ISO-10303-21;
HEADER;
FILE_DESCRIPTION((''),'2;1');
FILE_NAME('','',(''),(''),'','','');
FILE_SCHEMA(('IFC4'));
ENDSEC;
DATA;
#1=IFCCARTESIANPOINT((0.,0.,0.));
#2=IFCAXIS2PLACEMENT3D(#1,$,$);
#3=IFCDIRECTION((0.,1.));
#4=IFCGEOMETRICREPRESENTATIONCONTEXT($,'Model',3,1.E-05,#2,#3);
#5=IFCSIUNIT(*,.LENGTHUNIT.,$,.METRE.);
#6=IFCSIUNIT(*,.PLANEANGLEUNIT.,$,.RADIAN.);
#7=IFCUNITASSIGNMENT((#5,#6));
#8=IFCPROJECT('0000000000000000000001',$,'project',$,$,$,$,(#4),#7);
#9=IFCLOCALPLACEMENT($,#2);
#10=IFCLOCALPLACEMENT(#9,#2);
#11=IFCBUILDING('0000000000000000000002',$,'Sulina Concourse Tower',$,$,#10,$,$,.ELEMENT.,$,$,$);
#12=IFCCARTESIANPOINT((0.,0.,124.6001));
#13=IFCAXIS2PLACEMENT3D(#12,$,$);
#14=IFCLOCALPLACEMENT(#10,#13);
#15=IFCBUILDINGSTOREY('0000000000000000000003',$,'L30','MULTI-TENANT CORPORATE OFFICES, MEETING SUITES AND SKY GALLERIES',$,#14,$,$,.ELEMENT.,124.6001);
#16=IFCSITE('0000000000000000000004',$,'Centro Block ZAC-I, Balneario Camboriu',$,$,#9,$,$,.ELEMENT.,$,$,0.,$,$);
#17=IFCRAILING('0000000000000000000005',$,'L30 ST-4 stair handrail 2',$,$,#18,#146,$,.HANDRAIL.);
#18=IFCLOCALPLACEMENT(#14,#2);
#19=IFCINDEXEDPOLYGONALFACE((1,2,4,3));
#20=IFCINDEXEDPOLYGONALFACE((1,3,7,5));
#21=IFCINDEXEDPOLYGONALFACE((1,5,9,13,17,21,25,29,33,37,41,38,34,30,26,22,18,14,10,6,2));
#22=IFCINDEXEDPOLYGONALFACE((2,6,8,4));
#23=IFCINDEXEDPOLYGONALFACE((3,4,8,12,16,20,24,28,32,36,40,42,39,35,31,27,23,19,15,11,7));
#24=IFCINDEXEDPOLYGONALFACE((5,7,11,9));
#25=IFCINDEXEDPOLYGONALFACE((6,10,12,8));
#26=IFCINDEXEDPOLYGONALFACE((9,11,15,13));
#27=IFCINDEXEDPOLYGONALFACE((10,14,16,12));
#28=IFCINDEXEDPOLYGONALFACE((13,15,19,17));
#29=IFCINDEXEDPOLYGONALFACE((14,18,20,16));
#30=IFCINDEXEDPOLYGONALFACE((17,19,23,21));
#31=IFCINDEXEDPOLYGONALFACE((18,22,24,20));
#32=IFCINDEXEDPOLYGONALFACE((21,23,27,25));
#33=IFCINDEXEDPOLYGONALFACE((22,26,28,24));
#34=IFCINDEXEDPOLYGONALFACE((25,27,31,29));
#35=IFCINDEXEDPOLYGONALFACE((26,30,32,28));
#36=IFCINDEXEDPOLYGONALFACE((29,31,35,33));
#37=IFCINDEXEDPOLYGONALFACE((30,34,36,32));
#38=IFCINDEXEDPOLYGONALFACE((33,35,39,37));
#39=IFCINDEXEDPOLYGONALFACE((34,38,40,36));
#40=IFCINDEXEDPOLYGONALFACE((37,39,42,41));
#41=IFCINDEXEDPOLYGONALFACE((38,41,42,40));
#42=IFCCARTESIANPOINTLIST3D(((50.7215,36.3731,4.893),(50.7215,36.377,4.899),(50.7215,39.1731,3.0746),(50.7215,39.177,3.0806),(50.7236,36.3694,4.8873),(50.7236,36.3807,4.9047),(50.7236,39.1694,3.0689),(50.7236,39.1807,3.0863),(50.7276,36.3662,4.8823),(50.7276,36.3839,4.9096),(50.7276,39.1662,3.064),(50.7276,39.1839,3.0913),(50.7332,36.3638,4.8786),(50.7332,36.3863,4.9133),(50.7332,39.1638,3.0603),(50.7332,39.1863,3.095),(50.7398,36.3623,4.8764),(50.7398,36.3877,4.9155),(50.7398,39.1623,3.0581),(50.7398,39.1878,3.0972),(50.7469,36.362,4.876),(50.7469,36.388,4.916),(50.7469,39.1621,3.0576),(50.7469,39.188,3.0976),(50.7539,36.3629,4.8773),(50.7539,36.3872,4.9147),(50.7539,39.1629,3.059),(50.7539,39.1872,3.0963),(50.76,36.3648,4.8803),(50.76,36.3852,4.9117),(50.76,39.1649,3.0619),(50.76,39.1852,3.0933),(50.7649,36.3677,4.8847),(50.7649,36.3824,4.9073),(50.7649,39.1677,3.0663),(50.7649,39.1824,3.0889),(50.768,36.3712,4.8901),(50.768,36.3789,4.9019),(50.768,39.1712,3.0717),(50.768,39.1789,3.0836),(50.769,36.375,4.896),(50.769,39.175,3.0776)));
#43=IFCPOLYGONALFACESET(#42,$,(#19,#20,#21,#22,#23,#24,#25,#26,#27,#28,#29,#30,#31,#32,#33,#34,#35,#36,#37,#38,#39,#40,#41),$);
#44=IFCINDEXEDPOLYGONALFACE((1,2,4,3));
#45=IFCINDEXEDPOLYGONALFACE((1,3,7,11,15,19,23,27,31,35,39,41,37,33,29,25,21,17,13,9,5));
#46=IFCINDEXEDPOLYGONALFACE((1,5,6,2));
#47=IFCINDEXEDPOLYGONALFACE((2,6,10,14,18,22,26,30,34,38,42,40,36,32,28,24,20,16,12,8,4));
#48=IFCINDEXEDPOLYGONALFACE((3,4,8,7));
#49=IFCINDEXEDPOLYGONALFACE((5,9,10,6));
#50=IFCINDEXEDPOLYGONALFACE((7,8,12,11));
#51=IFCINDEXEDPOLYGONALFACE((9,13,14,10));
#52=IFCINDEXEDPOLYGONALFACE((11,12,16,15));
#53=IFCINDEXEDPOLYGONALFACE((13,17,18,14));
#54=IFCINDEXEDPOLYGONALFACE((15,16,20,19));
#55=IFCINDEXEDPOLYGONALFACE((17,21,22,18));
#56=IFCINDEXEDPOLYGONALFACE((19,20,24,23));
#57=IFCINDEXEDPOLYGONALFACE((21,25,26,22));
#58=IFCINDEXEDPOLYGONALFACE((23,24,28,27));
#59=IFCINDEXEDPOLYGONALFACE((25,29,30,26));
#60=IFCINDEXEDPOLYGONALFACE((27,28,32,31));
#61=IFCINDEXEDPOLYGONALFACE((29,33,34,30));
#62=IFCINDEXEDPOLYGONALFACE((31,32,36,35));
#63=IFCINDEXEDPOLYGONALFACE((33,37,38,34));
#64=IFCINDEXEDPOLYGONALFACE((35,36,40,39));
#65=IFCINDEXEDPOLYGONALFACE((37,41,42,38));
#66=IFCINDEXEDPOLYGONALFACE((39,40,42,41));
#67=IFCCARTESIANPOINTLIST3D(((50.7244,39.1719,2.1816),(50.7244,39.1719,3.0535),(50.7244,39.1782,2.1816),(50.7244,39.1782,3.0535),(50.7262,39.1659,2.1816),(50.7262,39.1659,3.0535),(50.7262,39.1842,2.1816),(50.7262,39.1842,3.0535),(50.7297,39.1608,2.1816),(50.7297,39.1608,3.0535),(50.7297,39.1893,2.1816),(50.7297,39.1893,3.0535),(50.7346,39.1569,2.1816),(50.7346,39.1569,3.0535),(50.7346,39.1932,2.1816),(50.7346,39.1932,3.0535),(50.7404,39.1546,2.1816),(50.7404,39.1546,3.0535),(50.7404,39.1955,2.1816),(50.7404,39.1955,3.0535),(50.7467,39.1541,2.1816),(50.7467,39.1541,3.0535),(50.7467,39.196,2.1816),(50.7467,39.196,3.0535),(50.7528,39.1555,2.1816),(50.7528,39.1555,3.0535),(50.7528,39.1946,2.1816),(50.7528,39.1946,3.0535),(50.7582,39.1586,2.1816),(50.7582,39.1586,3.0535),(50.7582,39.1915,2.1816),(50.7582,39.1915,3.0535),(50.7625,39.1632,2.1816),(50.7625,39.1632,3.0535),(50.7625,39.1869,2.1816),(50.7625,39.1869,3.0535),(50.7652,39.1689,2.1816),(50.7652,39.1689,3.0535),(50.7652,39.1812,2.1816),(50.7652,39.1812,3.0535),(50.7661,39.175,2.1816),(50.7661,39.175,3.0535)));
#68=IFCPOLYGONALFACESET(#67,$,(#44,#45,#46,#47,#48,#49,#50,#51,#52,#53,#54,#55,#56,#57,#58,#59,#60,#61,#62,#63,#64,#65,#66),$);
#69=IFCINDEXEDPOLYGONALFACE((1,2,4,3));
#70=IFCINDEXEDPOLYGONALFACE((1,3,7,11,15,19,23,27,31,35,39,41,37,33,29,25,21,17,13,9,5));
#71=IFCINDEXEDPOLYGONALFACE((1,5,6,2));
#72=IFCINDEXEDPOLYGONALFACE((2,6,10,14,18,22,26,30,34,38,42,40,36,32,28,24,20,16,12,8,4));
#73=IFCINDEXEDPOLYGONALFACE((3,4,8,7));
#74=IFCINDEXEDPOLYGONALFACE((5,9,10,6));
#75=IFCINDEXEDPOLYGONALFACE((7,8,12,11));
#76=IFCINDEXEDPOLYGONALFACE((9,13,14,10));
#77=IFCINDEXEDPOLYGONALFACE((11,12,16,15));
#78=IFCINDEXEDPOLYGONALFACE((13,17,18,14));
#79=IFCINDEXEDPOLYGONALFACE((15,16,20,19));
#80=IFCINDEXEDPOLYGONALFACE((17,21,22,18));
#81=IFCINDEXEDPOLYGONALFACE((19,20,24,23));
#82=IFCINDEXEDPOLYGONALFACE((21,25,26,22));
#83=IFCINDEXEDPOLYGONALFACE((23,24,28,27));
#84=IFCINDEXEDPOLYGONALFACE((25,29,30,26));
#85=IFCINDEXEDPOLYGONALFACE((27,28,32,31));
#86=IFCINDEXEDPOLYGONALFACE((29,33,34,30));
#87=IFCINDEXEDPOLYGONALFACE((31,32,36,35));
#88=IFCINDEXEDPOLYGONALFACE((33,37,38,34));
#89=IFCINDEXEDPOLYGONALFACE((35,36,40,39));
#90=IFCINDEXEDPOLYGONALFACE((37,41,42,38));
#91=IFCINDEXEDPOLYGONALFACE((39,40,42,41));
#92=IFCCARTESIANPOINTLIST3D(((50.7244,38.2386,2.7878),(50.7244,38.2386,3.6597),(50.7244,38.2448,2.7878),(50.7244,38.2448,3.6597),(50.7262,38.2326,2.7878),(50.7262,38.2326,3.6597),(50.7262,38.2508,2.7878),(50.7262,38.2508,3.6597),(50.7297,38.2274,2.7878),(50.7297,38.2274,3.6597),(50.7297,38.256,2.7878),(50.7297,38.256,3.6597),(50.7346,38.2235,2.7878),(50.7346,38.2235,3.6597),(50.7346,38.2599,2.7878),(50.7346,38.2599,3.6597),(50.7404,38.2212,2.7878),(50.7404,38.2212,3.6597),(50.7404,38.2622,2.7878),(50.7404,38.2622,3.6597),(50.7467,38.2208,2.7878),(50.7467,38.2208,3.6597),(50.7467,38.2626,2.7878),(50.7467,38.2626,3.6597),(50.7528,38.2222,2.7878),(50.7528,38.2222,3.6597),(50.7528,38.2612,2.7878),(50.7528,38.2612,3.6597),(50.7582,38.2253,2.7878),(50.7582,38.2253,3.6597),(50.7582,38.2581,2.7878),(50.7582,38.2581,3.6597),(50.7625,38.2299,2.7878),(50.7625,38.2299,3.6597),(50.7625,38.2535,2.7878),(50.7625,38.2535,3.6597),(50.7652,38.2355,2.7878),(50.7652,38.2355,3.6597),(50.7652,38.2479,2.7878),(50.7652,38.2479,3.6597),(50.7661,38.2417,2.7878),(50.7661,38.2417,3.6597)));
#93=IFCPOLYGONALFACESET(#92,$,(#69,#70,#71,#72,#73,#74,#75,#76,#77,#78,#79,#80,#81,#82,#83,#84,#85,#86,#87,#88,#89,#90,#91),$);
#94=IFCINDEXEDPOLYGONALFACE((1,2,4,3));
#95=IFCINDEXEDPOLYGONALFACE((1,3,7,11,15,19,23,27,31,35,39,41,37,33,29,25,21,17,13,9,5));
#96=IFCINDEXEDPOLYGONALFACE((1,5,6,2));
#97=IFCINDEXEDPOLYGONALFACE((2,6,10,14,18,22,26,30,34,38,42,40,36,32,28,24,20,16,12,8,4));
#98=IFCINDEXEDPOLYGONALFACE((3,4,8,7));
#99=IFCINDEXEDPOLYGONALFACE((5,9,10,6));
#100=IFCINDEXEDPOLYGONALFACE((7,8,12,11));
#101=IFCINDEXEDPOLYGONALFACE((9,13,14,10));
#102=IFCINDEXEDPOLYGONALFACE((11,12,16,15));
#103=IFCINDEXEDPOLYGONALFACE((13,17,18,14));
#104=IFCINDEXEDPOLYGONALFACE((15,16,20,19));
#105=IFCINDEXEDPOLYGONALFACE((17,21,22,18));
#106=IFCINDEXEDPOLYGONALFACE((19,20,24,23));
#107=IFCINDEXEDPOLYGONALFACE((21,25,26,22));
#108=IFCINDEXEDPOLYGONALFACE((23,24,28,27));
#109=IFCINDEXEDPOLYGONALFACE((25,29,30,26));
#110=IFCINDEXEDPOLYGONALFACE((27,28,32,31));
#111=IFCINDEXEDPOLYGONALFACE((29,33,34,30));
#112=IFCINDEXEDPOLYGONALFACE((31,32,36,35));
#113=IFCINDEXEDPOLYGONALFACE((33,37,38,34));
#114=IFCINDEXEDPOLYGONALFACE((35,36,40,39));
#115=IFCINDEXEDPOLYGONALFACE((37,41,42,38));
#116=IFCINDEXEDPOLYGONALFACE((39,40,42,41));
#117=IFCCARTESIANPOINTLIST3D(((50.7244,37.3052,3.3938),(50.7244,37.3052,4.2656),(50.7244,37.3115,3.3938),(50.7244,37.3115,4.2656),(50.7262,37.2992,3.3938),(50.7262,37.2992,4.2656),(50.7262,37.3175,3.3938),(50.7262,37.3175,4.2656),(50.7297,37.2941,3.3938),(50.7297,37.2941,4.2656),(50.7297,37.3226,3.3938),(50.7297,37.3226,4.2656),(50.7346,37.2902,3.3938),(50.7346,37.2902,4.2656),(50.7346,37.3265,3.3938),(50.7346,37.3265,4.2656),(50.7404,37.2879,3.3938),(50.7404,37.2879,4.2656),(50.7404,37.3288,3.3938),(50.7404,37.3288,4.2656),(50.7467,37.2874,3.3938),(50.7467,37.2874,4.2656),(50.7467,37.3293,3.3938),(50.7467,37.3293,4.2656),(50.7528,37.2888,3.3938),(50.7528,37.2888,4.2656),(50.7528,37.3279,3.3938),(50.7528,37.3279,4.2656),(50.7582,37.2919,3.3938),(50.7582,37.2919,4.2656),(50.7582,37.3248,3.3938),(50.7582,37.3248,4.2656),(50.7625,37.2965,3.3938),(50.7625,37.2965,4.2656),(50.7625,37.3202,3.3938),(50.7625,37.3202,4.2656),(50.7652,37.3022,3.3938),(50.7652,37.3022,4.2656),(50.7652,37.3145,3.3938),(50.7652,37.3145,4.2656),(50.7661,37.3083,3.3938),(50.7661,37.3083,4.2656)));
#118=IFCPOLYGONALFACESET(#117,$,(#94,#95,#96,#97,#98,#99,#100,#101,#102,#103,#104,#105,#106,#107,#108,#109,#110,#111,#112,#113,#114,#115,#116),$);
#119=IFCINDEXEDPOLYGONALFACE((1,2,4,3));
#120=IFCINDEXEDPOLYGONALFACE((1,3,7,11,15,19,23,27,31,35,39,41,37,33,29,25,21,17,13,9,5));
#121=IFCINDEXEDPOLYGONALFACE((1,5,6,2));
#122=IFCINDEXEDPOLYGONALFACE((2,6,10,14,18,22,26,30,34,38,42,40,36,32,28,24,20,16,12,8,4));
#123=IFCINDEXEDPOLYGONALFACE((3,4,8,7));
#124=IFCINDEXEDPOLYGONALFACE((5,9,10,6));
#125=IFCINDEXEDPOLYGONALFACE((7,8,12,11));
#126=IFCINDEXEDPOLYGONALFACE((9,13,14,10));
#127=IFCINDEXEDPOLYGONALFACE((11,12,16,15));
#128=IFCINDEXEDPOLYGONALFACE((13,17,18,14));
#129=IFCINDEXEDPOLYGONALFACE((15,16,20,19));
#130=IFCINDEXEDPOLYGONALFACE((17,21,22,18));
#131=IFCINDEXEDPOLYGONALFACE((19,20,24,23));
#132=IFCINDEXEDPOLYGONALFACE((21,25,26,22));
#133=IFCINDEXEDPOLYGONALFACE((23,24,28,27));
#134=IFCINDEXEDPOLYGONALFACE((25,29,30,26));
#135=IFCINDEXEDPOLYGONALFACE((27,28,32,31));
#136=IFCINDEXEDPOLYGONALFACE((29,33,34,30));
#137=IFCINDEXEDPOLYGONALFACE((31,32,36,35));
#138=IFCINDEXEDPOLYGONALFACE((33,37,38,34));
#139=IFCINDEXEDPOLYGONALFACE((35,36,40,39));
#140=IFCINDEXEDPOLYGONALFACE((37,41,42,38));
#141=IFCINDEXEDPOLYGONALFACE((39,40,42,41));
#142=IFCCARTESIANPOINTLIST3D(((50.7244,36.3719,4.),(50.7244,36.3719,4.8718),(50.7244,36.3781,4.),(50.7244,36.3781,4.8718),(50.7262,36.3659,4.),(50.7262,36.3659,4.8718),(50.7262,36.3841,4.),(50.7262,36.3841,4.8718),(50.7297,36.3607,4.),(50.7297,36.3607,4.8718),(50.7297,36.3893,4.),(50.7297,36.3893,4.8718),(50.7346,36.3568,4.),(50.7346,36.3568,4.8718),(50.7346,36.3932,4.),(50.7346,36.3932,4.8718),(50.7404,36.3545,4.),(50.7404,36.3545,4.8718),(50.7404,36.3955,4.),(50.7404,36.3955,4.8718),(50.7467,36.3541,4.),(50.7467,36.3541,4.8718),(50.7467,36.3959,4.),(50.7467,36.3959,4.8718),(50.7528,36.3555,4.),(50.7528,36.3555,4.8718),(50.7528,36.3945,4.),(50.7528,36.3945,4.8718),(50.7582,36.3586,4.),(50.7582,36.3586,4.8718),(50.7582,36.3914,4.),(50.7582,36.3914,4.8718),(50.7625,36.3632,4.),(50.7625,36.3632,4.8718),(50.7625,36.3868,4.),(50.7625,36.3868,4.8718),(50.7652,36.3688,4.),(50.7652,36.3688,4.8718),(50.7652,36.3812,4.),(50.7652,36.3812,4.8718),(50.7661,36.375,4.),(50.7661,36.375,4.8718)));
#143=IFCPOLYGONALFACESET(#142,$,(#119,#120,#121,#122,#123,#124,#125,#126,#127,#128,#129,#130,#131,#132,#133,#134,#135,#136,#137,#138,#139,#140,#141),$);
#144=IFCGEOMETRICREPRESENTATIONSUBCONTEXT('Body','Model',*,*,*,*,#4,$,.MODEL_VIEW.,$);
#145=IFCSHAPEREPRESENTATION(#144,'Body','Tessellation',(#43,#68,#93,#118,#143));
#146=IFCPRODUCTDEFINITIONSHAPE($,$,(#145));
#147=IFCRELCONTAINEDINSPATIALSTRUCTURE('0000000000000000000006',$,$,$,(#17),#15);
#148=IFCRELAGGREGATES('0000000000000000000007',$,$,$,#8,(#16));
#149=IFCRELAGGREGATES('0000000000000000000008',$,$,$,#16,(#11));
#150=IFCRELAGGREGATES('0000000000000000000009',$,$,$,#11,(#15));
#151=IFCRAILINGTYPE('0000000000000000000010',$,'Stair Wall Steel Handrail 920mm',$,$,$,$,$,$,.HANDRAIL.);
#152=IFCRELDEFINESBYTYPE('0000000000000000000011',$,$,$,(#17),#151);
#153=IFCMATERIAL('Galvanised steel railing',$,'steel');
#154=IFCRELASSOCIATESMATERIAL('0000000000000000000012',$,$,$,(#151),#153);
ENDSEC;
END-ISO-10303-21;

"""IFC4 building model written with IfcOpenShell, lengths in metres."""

from ifc_helpers import new_model, si_unit, direction, frame, origin, origin_2d, place, context, subcontext, project, spatial, circle, extrude, material, type_object, element, save


model = new_model("IFC4")

# Units and contexts
model_context = context("Model", 3, precision=1e-05, world=origin(), true_north=direction((0.0, 1.0)))
body_context = subcontext(model_context, "Body", "Model", "MODEL_VIEW")
ifc_project = project(units=[si_unit("LENGTHUNIT", "METRE"), si_unit("PLANEANGLEUNIT", "RADIAN")], contexts=[model_context])

# Site, building, storey
site_placement = place(None, origin())
site = spatial("IfcSite", under=ifc_project, at=site_placement, Name="Centro Block ZAC-I, Balneario Camboriu", CompositionType="ELEMENT", RefElevation=0.0)
building_placement = place(site_placement, origin())
building = spatial("IfcBuilding", under=site, at=building_placement, Name="Sulina Concourse Tower", CompositionType="ELEMENT")
storey_placement = place(building_placement, frame((0.0, 0.0, 124.6001)))
storey = spatial("IfcBuildingStorey", under=building, at=storey_placement, Name="L30", Description="MULTI-TENANT CORPORATE OFFICES, MEETING SUITES AND SKY GALLERIES", CompositionType="ELEMENT", Elevation=124.6001)

# Railing
ifc_material_1 = material(Name="Galvanised steel railing", Category="steel")
railing_type_1 = type_object("IfcRailingType", Name="Stair Wall Steel Handrail 920mm", PredefinedType="HANDRAIL", material=ifc_material_1)
railing_1_placement = place(storey_placement, frame((50.7451, 39.175, 2.1816)))
element("IfcRailing", 1, at=railing_1_placement, inside=storey, type_object=railing_type_1, Name="L30 ST-4 stair handrail 2", PredefinedType="HANDRAIL", context=body_context, shape_type="SweptSolid", body=[
    extrude(circle(Radius=0.0239, at=origin_2d()), frame((0.0, 0.0, 0.896), z_axis=(0.0, -0.838672, 0.544636), x_axis=(1.0, 0.0, 0.0)), (0.0, 0.0, 1.0), 3.3386),
    extrude(circle(Radius=0.021, at=origin_2d()), origin(), (0.0, 0.0, 1.0), 0.8718),
    extrude(circle(Radius=0.021, at=origin_2d()), frame((0.0, -0.9333, 0.6062)), (0.0, 0.0, 1.0), 0.8718),
    extrude(circle(Radius=0.021, at=origin_2d()), frame((0.0, -1.8667, 1.2122)), (0.0, 0.0, 1.0), 0.8718),
    extrude(circle(Radius=0.021, at=origin_2d()), frame((0.0, -2.8, 1.8184)), (0.0, 0.0, 1.0), 0.8718),
])

save(model, "model.ifc")
